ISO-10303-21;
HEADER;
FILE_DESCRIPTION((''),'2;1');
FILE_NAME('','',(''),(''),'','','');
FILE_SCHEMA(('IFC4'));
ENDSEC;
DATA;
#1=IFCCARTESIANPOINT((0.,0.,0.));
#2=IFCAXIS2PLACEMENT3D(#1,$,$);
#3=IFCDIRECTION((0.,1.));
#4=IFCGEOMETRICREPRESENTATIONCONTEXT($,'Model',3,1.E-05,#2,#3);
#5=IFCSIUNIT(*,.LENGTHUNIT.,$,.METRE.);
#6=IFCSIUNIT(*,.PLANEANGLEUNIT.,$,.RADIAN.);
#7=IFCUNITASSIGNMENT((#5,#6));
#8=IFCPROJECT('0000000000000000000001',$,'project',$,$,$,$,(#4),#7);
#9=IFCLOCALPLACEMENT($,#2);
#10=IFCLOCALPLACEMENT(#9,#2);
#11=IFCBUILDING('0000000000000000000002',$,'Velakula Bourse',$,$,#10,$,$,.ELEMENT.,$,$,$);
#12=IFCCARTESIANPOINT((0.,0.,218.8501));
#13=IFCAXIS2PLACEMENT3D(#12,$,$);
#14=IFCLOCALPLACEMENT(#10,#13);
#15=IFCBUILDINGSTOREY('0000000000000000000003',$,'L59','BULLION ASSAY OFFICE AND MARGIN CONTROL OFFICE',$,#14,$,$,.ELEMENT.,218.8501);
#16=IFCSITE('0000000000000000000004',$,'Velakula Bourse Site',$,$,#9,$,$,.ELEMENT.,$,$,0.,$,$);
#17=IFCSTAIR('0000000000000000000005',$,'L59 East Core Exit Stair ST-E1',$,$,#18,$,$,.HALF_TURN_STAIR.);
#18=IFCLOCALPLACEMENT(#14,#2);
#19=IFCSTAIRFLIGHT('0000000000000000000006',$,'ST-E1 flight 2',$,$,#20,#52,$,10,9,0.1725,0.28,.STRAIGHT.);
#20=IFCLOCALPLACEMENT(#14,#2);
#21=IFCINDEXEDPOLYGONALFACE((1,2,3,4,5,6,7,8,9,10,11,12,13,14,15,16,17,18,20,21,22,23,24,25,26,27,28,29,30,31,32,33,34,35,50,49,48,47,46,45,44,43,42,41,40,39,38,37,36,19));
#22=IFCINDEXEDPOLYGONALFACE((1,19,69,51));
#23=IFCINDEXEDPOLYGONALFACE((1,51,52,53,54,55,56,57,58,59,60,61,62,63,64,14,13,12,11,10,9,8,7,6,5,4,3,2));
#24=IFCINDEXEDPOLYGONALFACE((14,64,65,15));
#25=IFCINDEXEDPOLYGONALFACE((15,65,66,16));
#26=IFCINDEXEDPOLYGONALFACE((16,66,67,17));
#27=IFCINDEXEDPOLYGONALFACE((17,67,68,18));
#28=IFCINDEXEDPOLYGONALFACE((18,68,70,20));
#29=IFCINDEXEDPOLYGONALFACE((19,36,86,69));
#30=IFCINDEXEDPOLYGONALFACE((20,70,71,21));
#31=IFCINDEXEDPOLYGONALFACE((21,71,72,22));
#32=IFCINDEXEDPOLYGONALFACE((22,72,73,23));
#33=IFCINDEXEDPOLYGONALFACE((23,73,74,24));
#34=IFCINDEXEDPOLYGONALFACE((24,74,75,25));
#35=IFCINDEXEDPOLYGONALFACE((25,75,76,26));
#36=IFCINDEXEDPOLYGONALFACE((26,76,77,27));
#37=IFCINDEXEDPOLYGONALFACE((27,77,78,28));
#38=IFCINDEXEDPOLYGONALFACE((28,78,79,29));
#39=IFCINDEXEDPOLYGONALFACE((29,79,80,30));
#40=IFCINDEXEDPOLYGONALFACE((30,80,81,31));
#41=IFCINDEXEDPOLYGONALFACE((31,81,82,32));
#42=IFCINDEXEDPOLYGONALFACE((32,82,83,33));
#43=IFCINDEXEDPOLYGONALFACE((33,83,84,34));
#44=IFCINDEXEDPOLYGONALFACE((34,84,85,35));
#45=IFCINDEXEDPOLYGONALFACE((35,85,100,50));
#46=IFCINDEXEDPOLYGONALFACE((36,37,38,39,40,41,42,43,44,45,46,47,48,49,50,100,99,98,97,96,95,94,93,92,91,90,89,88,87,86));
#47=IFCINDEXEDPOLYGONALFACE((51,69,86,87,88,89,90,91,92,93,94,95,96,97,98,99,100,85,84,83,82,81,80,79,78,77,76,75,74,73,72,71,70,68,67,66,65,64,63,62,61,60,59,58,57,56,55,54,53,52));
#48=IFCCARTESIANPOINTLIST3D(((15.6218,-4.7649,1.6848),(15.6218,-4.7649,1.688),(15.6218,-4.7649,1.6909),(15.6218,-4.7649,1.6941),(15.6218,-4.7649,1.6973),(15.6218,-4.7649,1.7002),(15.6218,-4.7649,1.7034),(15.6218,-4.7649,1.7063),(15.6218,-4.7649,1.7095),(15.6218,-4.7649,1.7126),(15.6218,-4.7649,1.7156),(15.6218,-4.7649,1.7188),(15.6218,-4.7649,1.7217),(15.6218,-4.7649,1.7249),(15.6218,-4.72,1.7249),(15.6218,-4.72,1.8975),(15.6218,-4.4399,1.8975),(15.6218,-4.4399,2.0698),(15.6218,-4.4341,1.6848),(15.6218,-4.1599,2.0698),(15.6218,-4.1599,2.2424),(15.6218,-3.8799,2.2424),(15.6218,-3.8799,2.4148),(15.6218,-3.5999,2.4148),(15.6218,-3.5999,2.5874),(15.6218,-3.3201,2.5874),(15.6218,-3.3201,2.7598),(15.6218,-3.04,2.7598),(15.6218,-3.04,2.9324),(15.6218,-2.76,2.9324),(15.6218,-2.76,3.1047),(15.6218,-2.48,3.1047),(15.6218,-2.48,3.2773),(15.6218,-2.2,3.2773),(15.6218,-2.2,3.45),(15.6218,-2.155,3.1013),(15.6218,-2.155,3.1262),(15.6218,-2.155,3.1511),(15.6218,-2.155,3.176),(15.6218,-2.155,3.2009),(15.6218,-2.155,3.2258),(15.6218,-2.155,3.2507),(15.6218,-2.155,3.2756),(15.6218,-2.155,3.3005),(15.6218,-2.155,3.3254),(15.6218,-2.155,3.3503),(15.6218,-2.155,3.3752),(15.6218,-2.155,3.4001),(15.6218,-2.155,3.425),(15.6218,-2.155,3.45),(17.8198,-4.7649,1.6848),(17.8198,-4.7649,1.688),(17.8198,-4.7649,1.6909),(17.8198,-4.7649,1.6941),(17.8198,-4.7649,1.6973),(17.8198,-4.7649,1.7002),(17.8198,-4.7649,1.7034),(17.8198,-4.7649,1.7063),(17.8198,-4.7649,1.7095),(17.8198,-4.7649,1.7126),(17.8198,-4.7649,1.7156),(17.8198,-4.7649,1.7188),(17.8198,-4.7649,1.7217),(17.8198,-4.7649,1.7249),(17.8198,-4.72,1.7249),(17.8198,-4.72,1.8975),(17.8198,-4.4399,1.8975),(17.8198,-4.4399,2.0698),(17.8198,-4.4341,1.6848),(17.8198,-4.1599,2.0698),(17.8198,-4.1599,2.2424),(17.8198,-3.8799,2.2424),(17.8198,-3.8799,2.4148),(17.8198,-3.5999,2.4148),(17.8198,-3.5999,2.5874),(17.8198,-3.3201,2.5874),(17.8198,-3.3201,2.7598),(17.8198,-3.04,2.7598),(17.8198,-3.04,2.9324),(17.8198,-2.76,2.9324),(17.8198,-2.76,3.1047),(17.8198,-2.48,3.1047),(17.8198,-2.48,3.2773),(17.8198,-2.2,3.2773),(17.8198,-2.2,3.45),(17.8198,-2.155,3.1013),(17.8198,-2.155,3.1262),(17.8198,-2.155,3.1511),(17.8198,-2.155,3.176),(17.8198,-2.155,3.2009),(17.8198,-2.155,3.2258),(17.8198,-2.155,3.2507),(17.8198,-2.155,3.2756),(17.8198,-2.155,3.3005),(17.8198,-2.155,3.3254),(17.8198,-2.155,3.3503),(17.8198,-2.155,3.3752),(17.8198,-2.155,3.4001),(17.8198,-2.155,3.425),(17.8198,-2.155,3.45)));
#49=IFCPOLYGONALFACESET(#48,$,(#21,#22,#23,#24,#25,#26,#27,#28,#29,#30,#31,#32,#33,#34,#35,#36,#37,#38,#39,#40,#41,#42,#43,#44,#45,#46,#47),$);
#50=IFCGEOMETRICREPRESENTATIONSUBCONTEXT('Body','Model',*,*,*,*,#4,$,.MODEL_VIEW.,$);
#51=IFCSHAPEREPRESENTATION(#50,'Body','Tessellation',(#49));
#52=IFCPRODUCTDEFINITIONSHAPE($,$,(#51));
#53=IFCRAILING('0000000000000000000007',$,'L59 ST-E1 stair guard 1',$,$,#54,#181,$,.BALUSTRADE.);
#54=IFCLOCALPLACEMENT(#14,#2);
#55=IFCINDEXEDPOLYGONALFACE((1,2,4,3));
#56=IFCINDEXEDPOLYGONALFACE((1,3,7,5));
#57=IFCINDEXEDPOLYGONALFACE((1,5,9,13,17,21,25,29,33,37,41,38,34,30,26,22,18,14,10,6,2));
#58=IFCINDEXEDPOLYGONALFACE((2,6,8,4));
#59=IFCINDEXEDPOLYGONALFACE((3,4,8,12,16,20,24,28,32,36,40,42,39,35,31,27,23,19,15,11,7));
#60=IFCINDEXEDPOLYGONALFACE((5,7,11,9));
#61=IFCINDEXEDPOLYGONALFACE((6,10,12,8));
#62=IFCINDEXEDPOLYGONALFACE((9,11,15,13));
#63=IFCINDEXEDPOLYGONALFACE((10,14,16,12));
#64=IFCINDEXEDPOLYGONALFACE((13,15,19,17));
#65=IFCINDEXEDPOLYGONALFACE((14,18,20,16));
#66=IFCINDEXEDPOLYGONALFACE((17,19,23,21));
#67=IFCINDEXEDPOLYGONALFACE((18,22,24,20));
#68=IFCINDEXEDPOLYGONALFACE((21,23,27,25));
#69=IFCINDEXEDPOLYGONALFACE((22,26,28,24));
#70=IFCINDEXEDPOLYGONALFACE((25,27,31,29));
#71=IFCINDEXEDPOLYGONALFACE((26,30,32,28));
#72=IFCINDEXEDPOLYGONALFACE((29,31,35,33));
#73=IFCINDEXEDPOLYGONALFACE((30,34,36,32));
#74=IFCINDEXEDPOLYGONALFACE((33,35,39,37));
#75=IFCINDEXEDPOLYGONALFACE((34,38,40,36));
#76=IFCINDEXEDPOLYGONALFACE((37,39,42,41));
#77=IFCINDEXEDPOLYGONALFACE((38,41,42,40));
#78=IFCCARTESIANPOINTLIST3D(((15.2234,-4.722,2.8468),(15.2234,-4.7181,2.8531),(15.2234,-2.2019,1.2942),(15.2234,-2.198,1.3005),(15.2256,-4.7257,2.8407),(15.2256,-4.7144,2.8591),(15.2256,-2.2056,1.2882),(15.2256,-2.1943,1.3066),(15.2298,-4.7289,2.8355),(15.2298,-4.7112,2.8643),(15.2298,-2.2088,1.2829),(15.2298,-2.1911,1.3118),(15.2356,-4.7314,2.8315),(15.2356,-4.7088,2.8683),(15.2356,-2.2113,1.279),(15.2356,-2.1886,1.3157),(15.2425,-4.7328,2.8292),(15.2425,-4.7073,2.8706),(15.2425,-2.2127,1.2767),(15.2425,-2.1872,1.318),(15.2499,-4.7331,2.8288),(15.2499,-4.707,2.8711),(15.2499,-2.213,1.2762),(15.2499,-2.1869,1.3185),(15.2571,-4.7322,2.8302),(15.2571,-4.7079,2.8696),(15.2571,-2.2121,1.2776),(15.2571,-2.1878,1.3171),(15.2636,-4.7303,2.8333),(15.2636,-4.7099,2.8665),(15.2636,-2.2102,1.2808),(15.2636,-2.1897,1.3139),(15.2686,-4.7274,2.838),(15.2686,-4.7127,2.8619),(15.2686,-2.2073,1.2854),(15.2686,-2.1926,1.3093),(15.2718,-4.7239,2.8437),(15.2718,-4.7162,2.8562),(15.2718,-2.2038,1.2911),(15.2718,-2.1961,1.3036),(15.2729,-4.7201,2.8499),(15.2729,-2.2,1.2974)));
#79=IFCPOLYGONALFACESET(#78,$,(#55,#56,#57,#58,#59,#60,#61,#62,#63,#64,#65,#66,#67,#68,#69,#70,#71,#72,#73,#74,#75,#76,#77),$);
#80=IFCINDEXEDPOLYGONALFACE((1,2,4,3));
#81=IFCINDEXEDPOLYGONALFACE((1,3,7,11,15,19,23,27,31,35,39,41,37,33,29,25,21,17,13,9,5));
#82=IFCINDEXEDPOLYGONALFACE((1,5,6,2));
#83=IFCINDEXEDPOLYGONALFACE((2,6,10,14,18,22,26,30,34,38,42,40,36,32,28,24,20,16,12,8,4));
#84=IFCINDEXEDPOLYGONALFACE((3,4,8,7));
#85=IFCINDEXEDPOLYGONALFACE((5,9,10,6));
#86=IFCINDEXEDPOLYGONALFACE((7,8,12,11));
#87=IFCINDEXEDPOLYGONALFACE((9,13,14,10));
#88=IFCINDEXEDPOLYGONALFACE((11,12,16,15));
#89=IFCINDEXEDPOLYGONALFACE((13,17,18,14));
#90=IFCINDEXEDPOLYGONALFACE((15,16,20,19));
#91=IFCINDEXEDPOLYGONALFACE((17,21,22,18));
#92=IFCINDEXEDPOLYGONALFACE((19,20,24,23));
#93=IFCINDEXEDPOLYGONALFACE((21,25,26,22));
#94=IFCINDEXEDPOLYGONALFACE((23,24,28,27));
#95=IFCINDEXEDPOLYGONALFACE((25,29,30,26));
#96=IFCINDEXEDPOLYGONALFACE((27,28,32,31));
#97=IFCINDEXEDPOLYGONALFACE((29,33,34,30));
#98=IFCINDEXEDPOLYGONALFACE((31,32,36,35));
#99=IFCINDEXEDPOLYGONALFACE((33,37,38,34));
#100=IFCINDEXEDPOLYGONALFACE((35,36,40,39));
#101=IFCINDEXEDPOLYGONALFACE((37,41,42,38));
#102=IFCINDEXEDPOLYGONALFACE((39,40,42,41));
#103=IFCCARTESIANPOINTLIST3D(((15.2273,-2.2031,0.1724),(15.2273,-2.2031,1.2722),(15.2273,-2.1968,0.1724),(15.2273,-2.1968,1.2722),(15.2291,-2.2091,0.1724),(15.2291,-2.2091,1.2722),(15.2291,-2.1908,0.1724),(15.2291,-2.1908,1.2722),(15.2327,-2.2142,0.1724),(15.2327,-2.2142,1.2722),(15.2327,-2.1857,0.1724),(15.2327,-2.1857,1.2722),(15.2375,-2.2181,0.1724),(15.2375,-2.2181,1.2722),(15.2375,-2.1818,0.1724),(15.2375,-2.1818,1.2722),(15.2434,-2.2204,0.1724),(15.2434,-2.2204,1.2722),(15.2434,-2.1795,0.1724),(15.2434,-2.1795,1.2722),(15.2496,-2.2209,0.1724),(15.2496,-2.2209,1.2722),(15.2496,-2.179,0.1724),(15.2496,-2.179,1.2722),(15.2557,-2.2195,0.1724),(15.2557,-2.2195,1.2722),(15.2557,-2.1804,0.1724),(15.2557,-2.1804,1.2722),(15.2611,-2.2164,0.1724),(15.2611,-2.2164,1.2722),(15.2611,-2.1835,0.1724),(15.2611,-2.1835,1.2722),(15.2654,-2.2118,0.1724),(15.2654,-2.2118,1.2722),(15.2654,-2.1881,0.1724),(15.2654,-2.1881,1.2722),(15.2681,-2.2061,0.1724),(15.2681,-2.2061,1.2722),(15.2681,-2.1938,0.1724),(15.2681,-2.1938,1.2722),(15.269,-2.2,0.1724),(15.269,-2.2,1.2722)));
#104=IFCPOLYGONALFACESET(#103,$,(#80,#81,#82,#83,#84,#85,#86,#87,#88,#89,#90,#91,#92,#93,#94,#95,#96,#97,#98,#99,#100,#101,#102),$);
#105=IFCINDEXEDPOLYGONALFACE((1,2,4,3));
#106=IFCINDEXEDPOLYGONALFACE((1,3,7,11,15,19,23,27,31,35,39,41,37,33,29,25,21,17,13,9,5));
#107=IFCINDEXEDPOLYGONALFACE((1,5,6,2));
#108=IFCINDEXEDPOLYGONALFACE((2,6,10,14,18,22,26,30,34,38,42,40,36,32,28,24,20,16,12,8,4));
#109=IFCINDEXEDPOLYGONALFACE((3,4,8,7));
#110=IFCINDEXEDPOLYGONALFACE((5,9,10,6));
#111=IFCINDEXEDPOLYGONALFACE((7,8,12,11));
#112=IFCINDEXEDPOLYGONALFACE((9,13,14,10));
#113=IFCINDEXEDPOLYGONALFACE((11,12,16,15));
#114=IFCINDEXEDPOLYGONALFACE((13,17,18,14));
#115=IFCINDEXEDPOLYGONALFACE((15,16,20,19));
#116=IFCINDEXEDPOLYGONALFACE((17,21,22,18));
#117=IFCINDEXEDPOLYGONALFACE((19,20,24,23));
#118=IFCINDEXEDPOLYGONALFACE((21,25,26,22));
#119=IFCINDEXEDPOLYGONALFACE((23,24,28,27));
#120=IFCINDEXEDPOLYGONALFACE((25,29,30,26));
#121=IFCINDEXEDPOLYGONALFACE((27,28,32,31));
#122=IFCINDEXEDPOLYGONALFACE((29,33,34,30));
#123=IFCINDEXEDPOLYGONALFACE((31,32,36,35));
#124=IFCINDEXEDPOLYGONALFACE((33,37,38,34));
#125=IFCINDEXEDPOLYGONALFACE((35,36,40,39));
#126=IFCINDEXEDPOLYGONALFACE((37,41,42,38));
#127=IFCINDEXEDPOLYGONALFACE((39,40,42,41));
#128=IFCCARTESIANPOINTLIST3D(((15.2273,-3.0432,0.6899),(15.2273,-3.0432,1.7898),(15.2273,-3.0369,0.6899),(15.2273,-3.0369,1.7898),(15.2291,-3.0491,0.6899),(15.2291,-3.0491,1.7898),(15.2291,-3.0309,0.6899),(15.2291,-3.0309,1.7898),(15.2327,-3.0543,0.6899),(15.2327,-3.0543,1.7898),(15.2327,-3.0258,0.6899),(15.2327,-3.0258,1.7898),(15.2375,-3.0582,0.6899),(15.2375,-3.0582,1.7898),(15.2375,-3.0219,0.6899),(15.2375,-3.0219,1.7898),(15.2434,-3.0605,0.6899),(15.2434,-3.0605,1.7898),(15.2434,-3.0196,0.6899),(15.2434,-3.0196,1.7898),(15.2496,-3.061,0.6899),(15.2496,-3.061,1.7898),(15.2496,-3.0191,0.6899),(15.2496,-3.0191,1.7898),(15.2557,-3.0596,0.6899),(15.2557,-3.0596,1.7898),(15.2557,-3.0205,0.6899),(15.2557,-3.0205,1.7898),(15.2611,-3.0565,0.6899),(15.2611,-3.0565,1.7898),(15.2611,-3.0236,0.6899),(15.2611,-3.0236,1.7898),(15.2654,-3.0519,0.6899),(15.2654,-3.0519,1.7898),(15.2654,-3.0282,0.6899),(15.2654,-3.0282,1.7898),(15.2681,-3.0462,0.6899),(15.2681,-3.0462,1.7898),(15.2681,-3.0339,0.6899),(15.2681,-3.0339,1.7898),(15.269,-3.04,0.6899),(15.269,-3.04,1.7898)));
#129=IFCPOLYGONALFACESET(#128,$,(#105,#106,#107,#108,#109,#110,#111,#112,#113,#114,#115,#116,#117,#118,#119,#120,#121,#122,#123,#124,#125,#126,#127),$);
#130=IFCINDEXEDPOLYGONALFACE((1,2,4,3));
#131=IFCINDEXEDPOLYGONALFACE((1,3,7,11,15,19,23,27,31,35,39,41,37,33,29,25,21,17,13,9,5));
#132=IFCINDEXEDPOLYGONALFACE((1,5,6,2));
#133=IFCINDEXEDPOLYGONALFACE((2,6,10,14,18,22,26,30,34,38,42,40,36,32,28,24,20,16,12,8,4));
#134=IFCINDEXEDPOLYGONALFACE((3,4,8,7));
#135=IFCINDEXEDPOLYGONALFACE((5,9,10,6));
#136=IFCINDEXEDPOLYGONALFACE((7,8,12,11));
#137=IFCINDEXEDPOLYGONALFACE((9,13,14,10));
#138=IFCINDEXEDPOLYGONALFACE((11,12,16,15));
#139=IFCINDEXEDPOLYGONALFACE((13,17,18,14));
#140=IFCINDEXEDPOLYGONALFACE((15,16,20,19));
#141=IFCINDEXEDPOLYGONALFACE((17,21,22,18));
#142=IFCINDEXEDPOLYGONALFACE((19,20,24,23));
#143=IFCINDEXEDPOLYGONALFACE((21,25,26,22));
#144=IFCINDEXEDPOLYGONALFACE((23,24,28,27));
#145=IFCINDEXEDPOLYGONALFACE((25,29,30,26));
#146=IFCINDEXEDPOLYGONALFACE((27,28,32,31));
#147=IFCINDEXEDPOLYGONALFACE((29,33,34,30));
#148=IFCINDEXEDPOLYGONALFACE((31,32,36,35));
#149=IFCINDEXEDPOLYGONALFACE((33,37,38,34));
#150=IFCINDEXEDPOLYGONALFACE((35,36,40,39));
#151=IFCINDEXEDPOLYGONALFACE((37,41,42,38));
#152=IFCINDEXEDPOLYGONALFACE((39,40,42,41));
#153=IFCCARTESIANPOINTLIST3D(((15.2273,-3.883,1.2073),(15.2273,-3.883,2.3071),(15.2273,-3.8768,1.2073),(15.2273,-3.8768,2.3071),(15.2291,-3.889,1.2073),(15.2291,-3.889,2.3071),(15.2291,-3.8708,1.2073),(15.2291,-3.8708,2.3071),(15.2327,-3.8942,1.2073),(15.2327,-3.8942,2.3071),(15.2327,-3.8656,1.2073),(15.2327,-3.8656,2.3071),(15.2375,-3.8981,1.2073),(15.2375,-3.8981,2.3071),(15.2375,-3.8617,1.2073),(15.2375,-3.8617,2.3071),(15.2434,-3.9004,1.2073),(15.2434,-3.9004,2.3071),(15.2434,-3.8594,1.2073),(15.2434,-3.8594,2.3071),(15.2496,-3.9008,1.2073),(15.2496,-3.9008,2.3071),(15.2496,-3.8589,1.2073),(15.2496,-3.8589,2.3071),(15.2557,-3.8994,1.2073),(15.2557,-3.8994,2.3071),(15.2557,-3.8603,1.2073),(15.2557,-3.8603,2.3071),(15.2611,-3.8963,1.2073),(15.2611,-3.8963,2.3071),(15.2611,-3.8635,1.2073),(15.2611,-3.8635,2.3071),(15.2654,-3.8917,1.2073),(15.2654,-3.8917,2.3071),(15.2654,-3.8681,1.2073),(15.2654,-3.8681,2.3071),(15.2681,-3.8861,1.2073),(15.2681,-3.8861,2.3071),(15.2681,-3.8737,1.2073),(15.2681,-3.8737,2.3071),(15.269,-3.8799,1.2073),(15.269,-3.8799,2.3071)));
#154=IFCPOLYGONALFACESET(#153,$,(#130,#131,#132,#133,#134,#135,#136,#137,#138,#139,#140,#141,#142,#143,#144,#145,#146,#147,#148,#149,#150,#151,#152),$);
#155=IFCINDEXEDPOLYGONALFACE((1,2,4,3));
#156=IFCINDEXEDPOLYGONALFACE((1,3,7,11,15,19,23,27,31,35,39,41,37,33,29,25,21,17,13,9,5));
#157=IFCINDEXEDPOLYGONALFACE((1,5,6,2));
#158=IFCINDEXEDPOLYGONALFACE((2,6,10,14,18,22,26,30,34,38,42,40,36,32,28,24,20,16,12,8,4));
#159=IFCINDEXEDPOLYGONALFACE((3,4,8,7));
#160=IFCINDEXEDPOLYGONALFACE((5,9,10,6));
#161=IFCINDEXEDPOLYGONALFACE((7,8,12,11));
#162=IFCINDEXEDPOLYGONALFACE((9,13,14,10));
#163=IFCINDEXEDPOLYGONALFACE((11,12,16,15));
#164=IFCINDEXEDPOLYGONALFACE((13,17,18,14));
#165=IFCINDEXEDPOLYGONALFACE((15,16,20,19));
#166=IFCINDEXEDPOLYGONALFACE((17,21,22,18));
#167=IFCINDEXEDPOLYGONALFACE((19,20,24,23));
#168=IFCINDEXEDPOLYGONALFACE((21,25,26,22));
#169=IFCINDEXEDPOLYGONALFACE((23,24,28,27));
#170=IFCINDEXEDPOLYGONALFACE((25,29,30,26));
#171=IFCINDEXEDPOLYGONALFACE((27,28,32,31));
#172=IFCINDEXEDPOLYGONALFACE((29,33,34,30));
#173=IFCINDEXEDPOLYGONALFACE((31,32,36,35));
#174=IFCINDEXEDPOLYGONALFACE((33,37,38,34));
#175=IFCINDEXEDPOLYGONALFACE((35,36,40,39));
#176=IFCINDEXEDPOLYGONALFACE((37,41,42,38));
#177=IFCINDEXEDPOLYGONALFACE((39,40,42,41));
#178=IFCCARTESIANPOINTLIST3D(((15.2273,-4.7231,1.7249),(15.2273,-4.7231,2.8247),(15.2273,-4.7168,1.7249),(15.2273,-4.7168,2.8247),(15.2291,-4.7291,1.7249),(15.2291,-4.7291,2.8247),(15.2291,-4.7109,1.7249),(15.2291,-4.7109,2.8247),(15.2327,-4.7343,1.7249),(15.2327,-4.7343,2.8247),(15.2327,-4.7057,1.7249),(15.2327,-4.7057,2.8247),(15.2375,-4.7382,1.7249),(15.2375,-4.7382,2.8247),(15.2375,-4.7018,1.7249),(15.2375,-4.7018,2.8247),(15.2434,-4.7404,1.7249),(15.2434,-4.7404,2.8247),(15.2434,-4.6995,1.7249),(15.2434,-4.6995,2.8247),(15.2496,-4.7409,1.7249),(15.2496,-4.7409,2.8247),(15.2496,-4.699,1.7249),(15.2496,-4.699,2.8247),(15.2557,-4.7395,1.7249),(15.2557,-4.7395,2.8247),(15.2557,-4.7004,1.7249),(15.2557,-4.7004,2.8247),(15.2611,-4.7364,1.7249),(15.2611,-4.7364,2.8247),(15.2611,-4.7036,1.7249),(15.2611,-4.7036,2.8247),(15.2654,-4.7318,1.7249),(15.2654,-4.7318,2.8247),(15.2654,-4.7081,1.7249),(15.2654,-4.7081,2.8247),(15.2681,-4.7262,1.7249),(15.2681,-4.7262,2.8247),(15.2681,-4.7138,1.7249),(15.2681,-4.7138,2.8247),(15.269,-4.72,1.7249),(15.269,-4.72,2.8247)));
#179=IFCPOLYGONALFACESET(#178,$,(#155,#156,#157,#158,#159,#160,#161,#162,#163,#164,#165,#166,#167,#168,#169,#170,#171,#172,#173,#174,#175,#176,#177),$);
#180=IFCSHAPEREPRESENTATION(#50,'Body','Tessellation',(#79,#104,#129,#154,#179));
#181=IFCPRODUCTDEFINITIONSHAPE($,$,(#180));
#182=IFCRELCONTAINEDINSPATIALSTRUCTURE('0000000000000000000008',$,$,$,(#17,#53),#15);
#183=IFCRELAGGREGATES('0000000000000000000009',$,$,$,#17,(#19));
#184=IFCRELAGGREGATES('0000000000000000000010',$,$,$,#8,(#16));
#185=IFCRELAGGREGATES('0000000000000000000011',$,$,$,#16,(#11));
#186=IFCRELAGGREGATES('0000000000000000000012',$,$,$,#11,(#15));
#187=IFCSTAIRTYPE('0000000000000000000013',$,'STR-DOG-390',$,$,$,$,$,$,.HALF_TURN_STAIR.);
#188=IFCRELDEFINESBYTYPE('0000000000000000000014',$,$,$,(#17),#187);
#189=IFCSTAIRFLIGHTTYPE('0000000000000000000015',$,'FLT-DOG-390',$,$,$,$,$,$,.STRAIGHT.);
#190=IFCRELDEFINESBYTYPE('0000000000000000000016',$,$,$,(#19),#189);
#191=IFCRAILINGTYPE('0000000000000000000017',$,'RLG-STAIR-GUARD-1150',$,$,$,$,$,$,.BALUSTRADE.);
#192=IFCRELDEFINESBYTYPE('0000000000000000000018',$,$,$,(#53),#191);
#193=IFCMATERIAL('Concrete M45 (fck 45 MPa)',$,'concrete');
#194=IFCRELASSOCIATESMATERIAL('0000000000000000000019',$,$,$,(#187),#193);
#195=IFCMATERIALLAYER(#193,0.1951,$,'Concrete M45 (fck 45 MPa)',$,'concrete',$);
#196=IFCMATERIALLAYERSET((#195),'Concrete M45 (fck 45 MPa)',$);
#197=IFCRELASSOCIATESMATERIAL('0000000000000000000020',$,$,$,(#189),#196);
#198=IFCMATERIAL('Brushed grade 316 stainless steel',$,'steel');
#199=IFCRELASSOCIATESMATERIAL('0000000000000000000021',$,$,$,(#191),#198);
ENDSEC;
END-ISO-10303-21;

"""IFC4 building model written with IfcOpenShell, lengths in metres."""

from ifc_helpers import new_model, si_unit, direction, frame, origin, origin_2d, place, context, subcontext, project, spatial, polyline, circle, outline, extrude, material, layer, layer_set, type_object, element, aggregate, save


model = new_model("IFC4")

# Units and contexts
model_context = context("Model", 3, precision=1e-05, world=origin(), true_north=direction((0.0, 1.0)))
body_context = subcontext(model_context, "Body", "Model", "MODEL_VIEW")
ifc_project = project(units=[si_unit("LENGTHUNIT", "METRE"), si_unit("PLANEANGLEUNIT", "RADIAN")], contexts=[model_context])

# Site, building, storey
site_placement = place(None, origin())
site = spatial("IfcSite", under=ifc_project, at=site_placement, Name="Velakula Bourse Site", CompositionType="ELEMENT", RefElevation=0.0)
building_placement = place(site_placement, origin())
building = spatial("IfcBuilding", under=site, at=building_placement, Name="Velakula Bourse", CompositionType="ELEMENT")
storey_placement = place(building_placement, frame((0.0, 0.0, 218.8501)))
storey = spatial("IfcBuildingStorey", under=building, at=storey_placement, Name="L59", Description="BULLION ASSAY OFFICE AND MARGIN CONTROL OFFICE", CompositionType="ELEMENT", Elevation=218.8501)

# Shared definitions
ifc_material_1 = material(Name="Brushed grade 316 stainless steel", Category="steel")

# Stair, stair flight
ifc_material_2 = material(Name="Concrete M45 (fck 45 MPa)", Category="concrete")
stair_type = type_object("IfcStairType", Name="STR-DOG-390", PredefinedType="HALF_TURN_STAIR", material=ifc_material_2)
stair_placement = place(storey_placement, origin())
stair = element("IfcStair", 1, at=stair_placement, inside=storey, type_object=stair_type, Name="L59 East Core Exit Stair ST-E1", PredefinedType="HALF_TURN_STAIR")
ifc_layer_1 = layer(ifc_material_2, 0.1951, Name="Concrete M45 (fck 45 MPa)", Category="concrete")
ifc_layer_set_1 = layer_set([ifc_layer_1], Name="Concrete M45 (fck 45 MPa)")
stair_flight_type = type_object("IfcStairFlightType", Name="FLT-DOG-390", PredefinedType="STRAIGHT", material=ifc_layer_set_1)
stair_flight_1_placement = place(storey_placement, frame((16.7209, -4.72, 1.7249), z_axis=(0.0, 0.0, 1.0), x_axis=(0.0, 1.0, 0.0)))
stair_flight_1 = element("IfcStairFlight", 2, at=stair_flight_1_placement, type_object=stair_flight_type, Name="ST-E1 flight 2", NumberOfRisers=10, NumberOfTreads=9, PredefinedType="STRAIGHT", RiserHeight=0.1725, TreadLength=0.28, context=body_context, shape_type="SweptSolid", body=[
    extrude(outline(polyline([(-0.0449, -0.04), (-0.0449, -0.0369), (-0.0449, -0.0339), (-0.0449, -0.0308), (-0.0449, -0.0276), (-0.0449, -0.0247), (-0.0449, -0.0215), (-0.0449, -0.0186), (-0.0449, -0.0154), (-0.0449, -0.0122), (-0.0449, -0.0093), (-0.0449, -0.0061), (-0.0449, -0.0032), (-0.0449, 0.0), (0.0, 0.0), (0.0, 0.1726), (0.28, 0.1726), (0.28, 0.345), (0.5601, 0.345), (0.5601, 0.5176), (0.8401, 0.5176), (0.8401, 0.6899), (1.1201, 0.6899), (1.1201, 0.8625), (1.3999, 0.8625), (1.3999, 1.0349), (1.6799, 1.0349), (1.6799, 1.2075), (1.96, 1.2075), (1.96, 1.3799), (2.24, 1.3799), (2.24, 1.5525), (2.52, 1.5525), (2.52, 1.7251), (2.5649, 1.7251), (2.5649, 1.7002), (2.5649, 1.6753), (2.5649, 1.6504), (2.5649, 1.6255), (2.5649, 1.6006), (2.5649, 1.5757), (2.5649, 1.5508), (2.5649, 1.5259), (2.5649, 1.501), (2.5649, 1.4761), (2.5649, 1.4512), (2.5649, 1.4263), (2.5649, 1.4014), (2.5649, 1.3765), (0.2859, -0.04), (-0.0449, -0.04)])), frame((0.0, 1.0991, 0.0), z_axis=(0.0, -1.0, 0.0), x_axis=(1.0, 0.0, 0.0)), (0.0, 0.0, 1.0), 2.198),
])
aggregate(stair, [stair_flight_1])

# Railing
railing_type_1 = type_object("IfcRailingType", Name="RLG-STAIR-GUARD-1150", PredefinedType="BALUSTRADE", material=ifc_material_1)
railing_1_placement = place(storey_placement, frame((15.248, -2.2, 0.1724)))
element("IfcRailing", 3, at=railing_1_placement, inside=storey, type_object=railing_type_1, Name="L59 ST-E1 stair guard 1", PredefinedType="BALUSTRADE", context=body_context, shape_type="SweptSolid", body=[
    extrude(circle(Radius=0.0249, at=origin_2d()), frame((0.0, 0.0, 1.125), z_axis=(0.0, -0.8514, 0.524516), x_axis=(1.0, 0.0, 0.0)), (0.0, 0.0, 1.0), 2.96),
    extrude(circle(Radius=0.021, at=origin_2d()), origin(), (0.0, 0.0, 1.0), 1.0999),
    extrude(circle(Radius=0.021, at=origin_2d()), frame((0.0, -0.8401, 0.5176)), (0.0, 0.0, 1.0), 1.0999),
    extrude(circle(Radius=0.021, at=origin_2d()), frame((0.0, -1.6799, 1.0349)), (0.0, 0.0, 1.0), 1.0999),
    extrude(circle(Radius=0.021, at=origin_2d()), frame((0.0, -2.52, 1.5525)), (0.0, 0.0, 1.0), 1.0999),
])

save(model, "model.ifc")
